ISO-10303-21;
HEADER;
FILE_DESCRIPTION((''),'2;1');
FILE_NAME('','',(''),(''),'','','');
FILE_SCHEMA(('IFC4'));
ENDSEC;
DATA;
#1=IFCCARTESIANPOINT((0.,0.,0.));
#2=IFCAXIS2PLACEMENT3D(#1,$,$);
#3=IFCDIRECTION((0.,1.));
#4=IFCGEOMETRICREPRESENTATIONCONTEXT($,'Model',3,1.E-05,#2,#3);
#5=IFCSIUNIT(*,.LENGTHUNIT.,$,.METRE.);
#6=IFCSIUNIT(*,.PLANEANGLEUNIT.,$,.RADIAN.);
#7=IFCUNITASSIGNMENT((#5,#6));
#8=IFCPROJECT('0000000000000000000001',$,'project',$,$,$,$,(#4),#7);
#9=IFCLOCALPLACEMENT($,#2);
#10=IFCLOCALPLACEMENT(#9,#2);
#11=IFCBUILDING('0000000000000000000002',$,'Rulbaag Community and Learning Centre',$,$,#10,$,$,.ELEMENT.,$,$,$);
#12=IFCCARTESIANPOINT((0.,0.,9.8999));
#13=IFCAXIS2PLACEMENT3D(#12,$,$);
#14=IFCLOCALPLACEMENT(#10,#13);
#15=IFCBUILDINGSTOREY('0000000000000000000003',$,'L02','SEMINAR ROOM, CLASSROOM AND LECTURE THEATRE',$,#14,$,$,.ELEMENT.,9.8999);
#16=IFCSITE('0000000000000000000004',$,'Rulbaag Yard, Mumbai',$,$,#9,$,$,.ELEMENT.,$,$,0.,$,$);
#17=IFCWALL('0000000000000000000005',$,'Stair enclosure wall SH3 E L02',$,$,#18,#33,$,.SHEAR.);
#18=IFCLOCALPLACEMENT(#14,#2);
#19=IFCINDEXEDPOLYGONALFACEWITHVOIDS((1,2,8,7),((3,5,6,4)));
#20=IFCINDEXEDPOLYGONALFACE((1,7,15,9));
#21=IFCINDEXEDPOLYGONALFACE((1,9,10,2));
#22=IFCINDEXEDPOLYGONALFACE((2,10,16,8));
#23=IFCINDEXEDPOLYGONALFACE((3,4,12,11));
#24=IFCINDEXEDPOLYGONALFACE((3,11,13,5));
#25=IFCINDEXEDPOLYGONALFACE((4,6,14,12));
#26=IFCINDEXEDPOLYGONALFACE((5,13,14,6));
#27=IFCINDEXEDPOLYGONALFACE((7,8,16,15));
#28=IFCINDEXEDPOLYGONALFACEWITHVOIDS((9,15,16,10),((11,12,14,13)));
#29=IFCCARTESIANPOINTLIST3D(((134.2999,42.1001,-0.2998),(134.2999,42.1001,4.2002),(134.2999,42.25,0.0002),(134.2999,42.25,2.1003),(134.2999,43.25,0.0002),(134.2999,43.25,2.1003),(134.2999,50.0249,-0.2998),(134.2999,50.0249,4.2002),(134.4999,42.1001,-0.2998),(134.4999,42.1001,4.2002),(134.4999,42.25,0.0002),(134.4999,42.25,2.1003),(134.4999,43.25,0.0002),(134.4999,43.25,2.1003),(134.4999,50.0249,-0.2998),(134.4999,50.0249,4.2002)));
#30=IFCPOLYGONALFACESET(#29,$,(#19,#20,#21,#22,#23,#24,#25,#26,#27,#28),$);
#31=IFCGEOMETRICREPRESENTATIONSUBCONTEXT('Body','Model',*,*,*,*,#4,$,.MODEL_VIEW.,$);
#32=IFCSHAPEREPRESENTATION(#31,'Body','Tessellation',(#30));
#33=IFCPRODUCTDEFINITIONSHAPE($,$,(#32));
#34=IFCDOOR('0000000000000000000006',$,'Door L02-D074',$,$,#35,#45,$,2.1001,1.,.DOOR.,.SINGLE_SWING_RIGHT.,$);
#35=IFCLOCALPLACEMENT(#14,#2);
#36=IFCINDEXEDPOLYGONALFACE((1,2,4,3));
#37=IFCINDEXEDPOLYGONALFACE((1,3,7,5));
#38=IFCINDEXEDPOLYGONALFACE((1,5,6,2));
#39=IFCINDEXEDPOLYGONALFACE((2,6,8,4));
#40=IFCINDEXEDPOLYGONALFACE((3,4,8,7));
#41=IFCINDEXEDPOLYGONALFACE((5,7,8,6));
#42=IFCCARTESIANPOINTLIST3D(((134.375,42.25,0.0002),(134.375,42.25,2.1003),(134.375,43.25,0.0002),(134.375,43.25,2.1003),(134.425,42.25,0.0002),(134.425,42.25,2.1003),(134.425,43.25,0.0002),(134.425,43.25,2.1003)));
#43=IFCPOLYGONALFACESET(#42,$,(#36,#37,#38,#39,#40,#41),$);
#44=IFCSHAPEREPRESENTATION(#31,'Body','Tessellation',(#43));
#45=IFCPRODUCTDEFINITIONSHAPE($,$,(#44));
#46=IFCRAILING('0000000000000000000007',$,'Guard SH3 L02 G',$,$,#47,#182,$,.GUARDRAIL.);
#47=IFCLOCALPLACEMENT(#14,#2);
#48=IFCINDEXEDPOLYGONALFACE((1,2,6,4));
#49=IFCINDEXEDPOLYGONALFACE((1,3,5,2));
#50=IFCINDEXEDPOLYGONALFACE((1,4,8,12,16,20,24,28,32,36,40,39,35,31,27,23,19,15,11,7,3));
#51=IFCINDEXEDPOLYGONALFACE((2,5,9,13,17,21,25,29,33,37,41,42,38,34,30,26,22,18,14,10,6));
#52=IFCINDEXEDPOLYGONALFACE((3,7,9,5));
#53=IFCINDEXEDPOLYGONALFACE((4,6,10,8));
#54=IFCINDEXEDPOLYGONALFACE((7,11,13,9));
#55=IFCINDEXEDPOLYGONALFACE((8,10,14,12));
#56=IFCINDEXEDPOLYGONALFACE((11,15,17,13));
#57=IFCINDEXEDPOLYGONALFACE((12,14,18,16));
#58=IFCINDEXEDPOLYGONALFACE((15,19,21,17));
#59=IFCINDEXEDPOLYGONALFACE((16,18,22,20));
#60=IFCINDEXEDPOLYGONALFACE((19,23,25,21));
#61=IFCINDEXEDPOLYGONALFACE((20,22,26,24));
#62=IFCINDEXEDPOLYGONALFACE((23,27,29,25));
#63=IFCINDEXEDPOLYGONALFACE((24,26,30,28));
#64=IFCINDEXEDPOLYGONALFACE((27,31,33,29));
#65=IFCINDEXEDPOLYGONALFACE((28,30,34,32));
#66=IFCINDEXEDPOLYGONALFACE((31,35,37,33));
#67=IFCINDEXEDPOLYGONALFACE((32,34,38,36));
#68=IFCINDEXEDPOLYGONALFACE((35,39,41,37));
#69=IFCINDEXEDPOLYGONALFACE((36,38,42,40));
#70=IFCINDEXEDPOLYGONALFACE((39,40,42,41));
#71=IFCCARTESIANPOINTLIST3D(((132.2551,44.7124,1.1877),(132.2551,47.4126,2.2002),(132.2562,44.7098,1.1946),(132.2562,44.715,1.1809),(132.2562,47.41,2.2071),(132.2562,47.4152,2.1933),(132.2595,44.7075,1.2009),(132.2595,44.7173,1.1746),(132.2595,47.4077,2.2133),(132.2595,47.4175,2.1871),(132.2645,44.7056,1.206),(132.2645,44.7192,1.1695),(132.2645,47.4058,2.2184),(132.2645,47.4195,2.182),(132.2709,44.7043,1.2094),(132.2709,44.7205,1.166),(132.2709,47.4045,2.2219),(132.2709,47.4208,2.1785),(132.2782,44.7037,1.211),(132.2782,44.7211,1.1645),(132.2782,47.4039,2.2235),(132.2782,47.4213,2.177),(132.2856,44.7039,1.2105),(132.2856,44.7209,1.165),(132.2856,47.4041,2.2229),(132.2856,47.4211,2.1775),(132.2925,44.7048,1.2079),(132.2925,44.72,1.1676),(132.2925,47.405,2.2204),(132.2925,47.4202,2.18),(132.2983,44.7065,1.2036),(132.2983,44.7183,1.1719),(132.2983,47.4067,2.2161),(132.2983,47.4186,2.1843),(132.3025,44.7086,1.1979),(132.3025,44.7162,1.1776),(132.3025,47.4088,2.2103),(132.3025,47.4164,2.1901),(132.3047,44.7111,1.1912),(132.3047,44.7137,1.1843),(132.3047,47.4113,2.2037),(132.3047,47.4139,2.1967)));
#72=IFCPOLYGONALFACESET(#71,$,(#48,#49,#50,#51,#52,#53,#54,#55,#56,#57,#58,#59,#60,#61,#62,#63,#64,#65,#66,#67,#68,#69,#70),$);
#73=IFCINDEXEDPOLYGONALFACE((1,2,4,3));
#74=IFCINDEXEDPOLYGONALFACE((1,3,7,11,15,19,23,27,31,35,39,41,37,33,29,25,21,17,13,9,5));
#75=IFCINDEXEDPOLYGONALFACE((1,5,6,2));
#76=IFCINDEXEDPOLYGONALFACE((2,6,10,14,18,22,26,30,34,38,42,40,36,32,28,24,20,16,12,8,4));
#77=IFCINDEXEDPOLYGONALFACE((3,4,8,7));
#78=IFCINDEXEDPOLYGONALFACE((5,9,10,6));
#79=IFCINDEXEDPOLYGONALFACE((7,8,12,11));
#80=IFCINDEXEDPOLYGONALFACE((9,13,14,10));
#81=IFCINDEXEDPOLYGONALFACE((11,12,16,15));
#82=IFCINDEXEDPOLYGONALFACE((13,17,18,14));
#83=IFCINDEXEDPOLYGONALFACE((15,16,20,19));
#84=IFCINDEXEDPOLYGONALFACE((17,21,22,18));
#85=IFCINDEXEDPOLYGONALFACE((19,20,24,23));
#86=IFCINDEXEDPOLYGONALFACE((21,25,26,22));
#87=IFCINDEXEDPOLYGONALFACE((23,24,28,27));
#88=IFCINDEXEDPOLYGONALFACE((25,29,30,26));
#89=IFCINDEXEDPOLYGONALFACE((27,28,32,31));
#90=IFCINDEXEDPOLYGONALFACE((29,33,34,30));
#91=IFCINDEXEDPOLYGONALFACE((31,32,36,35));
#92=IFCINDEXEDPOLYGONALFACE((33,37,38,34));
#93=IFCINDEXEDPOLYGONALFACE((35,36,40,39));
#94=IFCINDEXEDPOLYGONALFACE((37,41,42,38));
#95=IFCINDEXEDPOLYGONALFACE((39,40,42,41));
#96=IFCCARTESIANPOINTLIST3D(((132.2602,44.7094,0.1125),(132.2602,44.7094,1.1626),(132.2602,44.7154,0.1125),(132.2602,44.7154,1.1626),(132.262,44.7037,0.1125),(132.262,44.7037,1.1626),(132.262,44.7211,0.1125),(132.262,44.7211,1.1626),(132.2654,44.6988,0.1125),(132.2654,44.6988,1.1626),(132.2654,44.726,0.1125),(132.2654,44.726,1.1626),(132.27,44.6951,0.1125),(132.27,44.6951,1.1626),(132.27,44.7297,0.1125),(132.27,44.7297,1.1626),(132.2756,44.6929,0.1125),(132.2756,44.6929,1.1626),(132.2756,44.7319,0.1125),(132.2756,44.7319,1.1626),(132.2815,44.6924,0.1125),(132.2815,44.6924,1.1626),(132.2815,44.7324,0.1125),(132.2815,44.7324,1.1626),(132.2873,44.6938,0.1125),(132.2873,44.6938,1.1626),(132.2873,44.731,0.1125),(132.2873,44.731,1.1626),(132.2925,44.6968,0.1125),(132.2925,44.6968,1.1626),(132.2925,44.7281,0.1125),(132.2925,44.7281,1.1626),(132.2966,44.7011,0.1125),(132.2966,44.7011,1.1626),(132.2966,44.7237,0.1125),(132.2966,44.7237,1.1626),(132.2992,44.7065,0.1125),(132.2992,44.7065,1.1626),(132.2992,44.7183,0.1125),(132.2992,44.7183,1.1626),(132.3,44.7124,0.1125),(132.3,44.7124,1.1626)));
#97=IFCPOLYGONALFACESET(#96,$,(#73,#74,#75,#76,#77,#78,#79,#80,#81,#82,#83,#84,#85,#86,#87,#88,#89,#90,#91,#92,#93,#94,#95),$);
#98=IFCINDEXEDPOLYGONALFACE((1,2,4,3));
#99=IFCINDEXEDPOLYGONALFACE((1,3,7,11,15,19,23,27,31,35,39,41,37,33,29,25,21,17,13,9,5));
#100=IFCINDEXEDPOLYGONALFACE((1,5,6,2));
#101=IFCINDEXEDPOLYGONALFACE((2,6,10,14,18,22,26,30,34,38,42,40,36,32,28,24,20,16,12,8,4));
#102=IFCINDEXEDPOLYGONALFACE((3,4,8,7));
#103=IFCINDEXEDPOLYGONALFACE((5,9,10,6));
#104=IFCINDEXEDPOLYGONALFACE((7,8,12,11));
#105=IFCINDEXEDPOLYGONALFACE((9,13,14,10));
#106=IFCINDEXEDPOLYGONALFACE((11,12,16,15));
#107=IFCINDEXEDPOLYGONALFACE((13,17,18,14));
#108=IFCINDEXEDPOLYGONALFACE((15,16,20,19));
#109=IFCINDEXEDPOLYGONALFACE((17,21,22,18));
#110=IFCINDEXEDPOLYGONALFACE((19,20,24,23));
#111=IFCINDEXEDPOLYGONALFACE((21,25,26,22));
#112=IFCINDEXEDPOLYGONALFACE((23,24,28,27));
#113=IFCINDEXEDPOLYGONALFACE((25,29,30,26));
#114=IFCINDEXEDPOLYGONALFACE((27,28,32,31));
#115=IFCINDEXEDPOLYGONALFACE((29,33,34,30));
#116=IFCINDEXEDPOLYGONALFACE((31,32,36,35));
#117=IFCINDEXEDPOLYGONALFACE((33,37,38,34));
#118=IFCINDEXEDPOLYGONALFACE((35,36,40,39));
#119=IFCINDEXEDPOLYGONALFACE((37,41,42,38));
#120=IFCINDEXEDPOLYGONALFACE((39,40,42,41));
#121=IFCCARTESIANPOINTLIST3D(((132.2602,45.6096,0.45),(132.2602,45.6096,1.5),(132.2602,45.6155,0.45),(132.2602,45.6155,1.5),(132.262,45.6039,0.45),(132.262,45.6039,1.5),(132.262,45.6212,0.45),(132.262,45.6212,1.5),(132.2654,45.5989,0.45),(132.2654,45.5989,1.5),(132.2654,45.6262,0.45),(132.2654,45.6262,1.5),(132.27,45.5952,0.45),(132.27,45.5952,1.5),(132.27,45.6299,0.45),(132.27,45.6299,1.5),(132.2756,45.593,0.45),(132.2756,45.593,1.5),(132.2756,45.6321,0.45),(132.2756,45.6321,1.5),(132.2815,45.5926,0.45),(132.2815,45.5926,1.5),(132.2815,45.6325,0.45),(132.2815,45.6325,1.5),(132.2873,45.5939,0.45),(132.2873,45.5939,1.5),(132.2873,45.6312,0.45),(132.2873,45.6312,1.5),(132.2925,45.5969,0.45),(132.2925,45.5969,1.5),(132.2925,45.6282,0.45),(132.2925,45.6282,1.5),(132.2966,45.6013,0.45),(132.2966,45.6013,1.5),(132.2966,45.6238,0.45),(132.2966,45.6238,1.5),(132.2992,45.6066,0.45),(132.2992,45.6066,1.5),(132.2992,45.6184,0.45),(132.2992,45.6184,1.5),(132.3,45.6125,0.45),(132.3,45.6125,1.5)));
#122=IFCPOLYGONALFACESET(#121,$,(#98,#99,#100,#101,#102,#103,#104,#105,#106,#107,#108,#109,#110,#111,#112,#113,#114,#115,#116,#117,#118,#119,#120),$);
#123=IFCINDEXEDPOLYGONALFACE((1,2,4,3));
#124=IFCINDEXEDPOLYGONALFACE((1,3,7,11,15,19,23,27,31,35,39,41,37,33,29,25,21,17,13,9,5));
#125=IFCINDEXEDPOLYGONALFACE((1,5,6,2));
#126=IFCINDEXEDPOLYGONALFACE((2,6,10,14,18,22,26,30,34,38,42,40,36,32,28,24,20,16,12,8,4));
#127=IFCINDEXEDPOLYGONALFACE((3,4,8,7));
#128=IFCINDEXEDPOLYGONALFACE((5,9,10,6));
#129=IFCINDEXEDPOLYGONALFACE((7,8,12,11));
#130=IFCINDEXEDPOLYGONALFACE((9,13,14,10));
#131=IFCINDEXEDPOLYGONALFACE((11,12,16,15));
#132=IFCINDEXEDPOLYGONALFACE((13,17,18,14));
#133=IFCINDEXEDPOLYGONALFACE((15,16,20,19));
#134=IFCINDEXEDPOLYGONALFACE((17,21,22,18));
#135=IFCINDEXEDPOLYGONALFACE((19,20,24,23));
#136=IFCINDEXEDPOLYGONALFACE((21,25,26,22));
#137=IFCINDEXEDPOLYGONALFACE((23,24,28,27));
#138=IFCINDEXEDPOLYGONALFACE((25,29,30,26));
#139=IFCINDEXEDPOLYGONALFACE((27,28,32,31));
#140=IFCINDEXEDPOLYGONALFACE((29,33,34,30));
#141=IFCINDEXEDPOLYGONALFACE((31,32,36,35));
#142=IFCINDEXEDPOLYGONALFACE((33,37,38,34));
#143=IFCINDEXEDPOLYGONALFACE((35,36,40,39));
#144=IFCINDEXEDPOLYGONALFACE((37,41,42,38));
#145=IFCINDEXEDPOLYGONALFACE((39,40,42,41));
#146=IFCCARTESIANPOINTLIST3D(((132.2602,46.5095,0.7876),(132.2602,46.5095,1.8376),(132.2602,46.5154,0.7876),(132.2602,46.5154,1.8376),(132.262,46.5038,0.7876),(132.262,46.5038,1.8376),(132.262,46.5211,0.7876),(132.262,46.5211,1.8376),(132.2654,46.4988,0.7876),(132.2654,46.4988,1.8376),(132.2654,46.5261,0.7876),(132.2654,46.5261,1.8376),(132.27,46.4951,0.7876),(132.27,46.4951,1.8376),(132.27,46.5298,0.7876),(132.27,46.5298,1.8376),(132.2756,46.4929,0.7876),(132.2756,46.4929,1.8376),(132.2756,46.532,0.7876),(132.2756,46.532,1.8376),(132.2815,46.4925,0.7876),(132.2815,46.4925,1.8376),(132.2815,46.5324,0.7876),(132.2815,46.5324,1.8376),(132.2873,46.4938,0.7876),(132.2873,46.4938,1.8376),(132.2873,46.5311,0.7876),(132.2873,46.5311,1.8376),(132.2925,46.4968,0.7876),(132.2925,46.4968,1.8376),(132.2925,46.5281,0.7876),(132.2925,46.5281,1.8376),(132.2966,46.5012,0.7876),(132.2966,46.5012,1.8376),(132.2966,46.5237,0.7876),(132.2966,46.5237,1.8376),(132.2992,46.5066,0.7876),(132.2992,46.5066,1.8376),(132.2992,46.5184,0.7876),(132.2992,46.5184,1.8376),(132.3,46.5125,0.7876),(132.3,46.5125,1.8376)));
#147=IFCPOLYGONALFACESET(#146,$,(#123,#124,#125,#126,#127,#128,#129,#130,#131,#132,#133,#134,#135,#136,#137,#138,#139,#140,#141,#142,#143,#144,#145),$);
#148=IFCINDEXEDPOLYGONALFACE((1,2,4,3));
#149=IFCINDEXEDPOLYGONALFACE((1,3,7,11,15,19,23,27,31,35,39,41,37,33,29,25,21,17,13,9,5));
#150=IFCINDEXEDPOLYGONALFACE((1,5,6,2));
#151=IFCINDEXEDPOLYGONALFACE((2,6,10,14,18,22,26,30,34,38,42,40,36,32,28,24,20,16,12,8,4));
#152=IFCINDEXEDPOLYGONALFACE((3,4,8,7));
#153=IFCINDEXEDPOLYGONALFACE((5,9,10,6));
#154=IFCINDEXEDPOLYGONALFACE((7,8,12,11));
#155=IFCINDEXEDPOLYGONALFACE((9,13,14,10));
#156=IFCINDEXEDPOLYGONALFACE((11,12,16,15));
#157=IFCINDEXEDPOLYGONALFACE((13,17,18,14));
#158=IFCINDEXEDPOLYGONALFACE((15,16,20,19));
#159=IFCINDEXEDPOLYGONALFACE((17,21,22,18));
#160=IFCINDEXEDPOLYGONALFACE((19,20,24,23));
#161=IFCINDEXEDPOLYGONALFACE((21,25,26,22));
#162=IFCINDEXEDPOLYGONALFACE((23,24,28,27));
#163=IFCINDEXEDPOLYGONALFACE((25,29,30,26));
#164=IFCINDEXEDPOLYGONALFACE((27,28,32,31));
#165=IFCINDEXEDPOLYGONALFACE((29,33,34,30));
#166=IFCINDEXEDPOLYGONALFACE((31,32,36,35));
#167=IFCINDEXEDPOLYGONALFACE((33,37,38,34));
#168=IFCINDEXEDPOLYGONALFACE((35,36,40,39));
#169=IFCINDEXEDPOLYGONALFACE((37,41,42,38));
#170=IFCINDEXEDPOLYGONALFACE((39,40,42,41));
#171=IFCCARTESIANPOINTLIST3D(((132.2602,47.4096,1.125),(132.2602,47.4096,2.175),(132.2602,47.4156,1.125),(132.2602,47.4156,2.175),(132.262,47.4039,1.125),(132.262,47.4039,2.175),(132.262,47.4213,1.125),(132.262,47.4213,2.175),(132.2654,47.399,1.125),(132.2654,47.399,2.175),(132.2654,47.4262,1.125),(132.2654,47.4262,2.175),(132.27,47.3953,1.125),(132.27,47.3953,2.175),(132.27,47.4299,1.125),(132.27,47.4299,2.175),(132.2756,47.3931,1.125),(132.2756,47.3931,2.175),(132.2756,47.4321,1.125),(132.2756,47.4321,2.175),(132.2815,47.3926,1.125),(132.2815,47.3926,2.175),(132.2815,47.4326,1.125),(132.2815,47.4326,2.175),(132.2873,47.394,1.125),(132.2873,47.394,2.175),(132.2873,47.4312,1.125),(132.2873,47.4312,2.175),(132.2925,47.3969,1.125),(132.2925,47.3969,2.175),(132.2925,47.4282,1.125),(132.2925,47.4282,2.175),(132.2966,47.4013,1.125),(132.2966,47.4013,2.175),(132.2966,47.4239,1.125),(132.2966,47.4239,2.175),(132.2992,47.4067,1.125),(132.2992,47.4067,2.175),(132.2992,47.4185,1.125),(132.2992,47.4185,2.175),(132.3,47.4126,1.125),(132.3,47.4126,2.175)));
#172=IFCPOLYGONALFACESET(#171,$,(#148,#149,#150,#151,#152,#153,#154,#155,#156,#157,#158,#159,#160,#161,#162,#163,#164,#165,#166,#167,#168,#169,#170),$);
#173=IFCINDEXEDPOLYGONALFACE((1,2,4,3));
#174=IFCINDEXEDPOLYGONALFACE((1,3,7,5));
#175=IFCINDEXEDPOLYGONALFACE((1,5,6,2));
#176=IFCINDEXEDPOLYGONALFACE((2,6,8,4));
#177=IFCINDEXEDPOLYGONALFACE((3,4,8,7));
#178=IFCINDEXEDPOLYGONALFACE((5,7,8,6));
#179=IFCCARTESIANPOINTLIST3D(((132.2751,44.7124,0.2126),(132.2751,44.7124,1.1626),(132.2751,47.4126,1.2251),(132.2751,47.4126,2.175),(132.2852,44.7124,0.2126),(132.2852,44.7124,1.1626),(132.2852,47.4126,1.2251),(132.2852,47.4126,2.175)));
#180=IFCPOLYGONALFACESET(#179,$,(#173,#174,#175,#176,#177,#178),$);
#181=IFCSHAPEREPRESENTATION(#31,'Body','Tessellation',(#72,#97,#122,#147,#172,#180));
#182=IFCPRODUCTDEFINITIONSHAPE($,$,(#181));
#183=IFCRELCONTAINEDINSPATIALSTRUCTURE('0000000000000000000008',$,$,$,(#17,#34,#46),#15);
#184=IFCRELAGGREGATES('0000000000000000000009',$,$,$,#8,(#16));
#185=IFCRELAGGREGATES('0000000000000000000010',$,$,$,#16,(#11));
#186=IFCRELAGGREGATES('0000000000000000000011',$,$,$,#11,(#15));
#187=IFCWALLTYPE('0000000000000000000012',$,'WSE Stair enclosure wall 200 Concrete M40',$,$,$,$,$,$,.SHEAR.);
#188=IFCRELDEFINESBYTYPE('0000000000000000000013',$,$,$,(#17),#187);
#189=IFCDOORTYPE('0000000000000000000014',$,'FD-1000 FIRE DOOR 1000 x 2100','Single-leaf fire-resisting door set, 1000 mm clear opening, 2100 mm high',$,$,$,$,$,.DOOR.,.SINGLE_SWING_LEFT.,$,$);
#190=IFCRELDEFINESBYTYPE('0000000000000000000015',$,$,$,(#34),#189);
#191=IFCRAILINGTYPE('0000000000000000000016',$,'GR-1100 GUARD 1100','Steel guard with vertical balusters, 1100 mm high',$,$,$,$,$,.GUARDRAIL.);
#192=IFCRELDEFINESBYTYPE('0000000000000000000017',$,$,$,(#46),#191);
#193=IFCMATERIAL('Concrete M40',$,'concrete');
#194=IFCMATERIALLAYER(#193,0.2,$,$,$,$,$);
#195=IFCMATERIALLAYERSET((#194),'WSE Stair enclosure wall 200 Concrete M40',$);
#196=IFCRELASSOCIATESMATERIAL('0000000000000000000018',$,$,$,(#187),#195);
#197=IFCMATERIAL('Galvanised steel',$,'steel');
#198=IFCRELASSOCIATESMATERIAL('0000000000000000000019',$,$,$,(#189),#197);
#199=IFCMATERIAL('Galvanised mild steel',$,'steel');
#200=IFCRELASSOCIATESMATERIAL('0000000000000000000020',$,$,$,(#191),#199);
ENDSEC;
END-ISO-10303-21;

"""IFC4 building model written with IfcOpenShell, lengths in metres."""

from ifc_helpers import new_model, si_unit, direction, frame, frame_2d, origin, origin_2d, place, context, subcontext, project, spatial, polyline, rectangle, circle, outline, extrude, material, layer, layer_set, type_object, element, fill, save


model = new_model("IFC4")

# Units and contexts
model_context = context("Model", 3, precision=1e-05, world=origin(), true_north=direction((0.0, 1.0)))
body_context = subcontext(model_context, "Body", "Model", "MODEL_VIEW")
ifc_project = project(units=[si_unit("LENGTHUNIT", "METRE"), si_unit("PLANEANGLEUNIT", "RADIAN")], contexts=[model_context])

# Site, building, storey
site_placement = place(None, origin())
site = spatial("IfcSite", under=ifc_project, at=site_placement, Name="Rulbaag Yard, Mumbai", CompositionType="ELEMENT", RefElevation=0.0)
building_placement = place(site_placement, origin())
building = spatial("IfcBuilding", under=site, at=building_placement, Name="Rulbaag Community and Learning Centre", CompositionType="ELEMENT")
storey_placement = place(building_placement, frame((0.0, 0.0, 9.8999)))
storey = spatial("IfcBuildingStorey", under=building, at=storey_placement, Name="L02", Description="SEMINAR ROOM, CLASSROOM AND LECTURE THEATRE", CompositionType="ELEMENT", Elevation=9.8999)

# Shared definitions
ifc_material_1 = material(Name="Concrete M40", Category="concrete")

# Shared definitions
ifc_layer_1 = layer(ifc_material_1, 0.2)
ifc_layer_set_1 = layer_set([ifc_layer_1], Name="WSE Stair enclosure wall 200 Concrete M40")
wall_type_1 = type_object("IfcWallType", Name="WSE Stair enclosure wall 200 Concrete M40", PredefinedType="SHEAR", material=ifc_layer_set_1)

# Wall, opening, door
ifc_material_2 = material(Name="Galvanised steel", Category="steel")
door_type_1 = type_object("IfcDoorType", Name="FD-1000 FIRE DOOR 1000 x 2100", Description="Single-leaf fire-resisting door set, 1000 mm clear opening, 2100 mm high", OperationType="SINGLE_SWING_LEFT", PredefinedType="DOOR", material=ifc_material_2)
wall_1_placement = place(storey_placement, frame((134.3999, 42.1001, -0.2998), z_axis=(0.0, 0.0, 1.0), x_axis=(0.0, 1.0, 0.0)))
wall_1 = element("IfcWall", 1, at=wall_1_placement, inside=storey, type_object=wall_type_1, Name="Stair enclosure wall SH3 E L02", PredefinedType="SHEAR", context=body_context, shape_type="SweptSolid", body=[
    extrude(rectangle(XDim=7.9248, YDim=0.2, at=frame_2d((3.9624, 0.0))), origin(), (0.0, 0.0, 1.0), 4.5),
])
opening_1_placement = place(wall_1_placement, frame((0.1499, 0.0, 0.3)))
opening_1 = element("IfcOpeningElement", 2, at=opening_1_placement, cuts=wall_1, PredefinedType="OPENING", context=body_context, shape_type="SweptSolid", body=[
    extrude(rectangle(XDim=1.0, YDim=2.1001, at=frame_2d((0.5, 1.05))), frame((0.0, 0.1099, 0.0), z_axis=(0.0, -1.0, 0.0), x_axis=(1.0, 0.0, 0.0)), (0.0, 0.0, 1.0), 0.22),
])
door_1_placement = place(opening_1_placement, origin())
door_1 = element("IfcDoor", 3, at=door_1_placement, inside=storey, type_object=door_type_1, Name="Door L02-D074", OperationType="SINGLE_SWING_RIGHT", OverallHeight=2.1001, OverallWidth=1.0, PredefinedType="DOOR", context=body_context, shape_type="SweptSolid", body=[
    extrude(rectangle(XDim=1.0, YDim=2.1001, at=frame_2d((0.5, 1.05))), frame((0.0, 0.0249, 0.0), z_axis=(0.0, -1.0, 0.0), x_axis=(1.0, 0.0, 0.0)), (0.0, 0.0, 1.0), 0.05),
])
fill(opening_1, door_1)

# Railing
ifc_material_3 = material(Name="Galvanised mild steel", Category="steel")
railing_type_1 = type_object("IfcRailingType", Name="GR-1100 GUARD 1100", Description="Steel guard with vertical balusters, 1100 mm high", PredefinedType="GUARDRAIL", material=ifc_material_3)
railing_1_placement = place(storey_placement, frame((132.28, 44.7124, 0.1125)))
element("IfcRailing", 4, at=railing_1_placement, inside=storey, type_object=railing_type_1, Name="Guard SH3 L02 G", PredefinedType="GUARDRAIL", context=body_context, shape_type="SweptSolid", body=[
    extrude(circle(Radius=0.0249, at=origin_2d()), frame((0.0, 0.0, 1.0752), z_axis=(0.0, 0.936343, 0.351086), x_axis=(-1.0, 0.0, 0.0)), (0.0, 0.0, 1.0), 2.8838),
    extrude(circle(Radius=0.02, at=origin_2d()), origin(), (0.0, 0.0, 1.0), 1.05),
    extrude(circle(Radius=0.02, at=origin_2d()), frame((0.0, 0.9001, 0.3374)), (0.0, 0.0, 1.0), 1.05),
    extrude(circle(Radius=0.02, at=origin_2d()), frame((0.0, 1.8, 0.675)), (0.0, 0.0, 1.0), 1.05),
    extrude(circle(Radius=0.02, at=origin_2d()), frame((0.0, 2.7002, 1.0125)), (0.0, 0.0, 1.0), 1.05),
    extrude(outline(polyline([(0.0, 0.0), (2.7002, 1.0125), (2.7002, 1.9624), (0.0, 0.95), (0.0, 0.0)])), frame((-0.0049, 0.0, 0.1001), z_axis=(1.0, 0.0, 0.0), x_axis=(0.0, 1.0, 0.0)), (0.0, 0.0, 1.0), 0.01),
])

save(model, "model.ifc")
